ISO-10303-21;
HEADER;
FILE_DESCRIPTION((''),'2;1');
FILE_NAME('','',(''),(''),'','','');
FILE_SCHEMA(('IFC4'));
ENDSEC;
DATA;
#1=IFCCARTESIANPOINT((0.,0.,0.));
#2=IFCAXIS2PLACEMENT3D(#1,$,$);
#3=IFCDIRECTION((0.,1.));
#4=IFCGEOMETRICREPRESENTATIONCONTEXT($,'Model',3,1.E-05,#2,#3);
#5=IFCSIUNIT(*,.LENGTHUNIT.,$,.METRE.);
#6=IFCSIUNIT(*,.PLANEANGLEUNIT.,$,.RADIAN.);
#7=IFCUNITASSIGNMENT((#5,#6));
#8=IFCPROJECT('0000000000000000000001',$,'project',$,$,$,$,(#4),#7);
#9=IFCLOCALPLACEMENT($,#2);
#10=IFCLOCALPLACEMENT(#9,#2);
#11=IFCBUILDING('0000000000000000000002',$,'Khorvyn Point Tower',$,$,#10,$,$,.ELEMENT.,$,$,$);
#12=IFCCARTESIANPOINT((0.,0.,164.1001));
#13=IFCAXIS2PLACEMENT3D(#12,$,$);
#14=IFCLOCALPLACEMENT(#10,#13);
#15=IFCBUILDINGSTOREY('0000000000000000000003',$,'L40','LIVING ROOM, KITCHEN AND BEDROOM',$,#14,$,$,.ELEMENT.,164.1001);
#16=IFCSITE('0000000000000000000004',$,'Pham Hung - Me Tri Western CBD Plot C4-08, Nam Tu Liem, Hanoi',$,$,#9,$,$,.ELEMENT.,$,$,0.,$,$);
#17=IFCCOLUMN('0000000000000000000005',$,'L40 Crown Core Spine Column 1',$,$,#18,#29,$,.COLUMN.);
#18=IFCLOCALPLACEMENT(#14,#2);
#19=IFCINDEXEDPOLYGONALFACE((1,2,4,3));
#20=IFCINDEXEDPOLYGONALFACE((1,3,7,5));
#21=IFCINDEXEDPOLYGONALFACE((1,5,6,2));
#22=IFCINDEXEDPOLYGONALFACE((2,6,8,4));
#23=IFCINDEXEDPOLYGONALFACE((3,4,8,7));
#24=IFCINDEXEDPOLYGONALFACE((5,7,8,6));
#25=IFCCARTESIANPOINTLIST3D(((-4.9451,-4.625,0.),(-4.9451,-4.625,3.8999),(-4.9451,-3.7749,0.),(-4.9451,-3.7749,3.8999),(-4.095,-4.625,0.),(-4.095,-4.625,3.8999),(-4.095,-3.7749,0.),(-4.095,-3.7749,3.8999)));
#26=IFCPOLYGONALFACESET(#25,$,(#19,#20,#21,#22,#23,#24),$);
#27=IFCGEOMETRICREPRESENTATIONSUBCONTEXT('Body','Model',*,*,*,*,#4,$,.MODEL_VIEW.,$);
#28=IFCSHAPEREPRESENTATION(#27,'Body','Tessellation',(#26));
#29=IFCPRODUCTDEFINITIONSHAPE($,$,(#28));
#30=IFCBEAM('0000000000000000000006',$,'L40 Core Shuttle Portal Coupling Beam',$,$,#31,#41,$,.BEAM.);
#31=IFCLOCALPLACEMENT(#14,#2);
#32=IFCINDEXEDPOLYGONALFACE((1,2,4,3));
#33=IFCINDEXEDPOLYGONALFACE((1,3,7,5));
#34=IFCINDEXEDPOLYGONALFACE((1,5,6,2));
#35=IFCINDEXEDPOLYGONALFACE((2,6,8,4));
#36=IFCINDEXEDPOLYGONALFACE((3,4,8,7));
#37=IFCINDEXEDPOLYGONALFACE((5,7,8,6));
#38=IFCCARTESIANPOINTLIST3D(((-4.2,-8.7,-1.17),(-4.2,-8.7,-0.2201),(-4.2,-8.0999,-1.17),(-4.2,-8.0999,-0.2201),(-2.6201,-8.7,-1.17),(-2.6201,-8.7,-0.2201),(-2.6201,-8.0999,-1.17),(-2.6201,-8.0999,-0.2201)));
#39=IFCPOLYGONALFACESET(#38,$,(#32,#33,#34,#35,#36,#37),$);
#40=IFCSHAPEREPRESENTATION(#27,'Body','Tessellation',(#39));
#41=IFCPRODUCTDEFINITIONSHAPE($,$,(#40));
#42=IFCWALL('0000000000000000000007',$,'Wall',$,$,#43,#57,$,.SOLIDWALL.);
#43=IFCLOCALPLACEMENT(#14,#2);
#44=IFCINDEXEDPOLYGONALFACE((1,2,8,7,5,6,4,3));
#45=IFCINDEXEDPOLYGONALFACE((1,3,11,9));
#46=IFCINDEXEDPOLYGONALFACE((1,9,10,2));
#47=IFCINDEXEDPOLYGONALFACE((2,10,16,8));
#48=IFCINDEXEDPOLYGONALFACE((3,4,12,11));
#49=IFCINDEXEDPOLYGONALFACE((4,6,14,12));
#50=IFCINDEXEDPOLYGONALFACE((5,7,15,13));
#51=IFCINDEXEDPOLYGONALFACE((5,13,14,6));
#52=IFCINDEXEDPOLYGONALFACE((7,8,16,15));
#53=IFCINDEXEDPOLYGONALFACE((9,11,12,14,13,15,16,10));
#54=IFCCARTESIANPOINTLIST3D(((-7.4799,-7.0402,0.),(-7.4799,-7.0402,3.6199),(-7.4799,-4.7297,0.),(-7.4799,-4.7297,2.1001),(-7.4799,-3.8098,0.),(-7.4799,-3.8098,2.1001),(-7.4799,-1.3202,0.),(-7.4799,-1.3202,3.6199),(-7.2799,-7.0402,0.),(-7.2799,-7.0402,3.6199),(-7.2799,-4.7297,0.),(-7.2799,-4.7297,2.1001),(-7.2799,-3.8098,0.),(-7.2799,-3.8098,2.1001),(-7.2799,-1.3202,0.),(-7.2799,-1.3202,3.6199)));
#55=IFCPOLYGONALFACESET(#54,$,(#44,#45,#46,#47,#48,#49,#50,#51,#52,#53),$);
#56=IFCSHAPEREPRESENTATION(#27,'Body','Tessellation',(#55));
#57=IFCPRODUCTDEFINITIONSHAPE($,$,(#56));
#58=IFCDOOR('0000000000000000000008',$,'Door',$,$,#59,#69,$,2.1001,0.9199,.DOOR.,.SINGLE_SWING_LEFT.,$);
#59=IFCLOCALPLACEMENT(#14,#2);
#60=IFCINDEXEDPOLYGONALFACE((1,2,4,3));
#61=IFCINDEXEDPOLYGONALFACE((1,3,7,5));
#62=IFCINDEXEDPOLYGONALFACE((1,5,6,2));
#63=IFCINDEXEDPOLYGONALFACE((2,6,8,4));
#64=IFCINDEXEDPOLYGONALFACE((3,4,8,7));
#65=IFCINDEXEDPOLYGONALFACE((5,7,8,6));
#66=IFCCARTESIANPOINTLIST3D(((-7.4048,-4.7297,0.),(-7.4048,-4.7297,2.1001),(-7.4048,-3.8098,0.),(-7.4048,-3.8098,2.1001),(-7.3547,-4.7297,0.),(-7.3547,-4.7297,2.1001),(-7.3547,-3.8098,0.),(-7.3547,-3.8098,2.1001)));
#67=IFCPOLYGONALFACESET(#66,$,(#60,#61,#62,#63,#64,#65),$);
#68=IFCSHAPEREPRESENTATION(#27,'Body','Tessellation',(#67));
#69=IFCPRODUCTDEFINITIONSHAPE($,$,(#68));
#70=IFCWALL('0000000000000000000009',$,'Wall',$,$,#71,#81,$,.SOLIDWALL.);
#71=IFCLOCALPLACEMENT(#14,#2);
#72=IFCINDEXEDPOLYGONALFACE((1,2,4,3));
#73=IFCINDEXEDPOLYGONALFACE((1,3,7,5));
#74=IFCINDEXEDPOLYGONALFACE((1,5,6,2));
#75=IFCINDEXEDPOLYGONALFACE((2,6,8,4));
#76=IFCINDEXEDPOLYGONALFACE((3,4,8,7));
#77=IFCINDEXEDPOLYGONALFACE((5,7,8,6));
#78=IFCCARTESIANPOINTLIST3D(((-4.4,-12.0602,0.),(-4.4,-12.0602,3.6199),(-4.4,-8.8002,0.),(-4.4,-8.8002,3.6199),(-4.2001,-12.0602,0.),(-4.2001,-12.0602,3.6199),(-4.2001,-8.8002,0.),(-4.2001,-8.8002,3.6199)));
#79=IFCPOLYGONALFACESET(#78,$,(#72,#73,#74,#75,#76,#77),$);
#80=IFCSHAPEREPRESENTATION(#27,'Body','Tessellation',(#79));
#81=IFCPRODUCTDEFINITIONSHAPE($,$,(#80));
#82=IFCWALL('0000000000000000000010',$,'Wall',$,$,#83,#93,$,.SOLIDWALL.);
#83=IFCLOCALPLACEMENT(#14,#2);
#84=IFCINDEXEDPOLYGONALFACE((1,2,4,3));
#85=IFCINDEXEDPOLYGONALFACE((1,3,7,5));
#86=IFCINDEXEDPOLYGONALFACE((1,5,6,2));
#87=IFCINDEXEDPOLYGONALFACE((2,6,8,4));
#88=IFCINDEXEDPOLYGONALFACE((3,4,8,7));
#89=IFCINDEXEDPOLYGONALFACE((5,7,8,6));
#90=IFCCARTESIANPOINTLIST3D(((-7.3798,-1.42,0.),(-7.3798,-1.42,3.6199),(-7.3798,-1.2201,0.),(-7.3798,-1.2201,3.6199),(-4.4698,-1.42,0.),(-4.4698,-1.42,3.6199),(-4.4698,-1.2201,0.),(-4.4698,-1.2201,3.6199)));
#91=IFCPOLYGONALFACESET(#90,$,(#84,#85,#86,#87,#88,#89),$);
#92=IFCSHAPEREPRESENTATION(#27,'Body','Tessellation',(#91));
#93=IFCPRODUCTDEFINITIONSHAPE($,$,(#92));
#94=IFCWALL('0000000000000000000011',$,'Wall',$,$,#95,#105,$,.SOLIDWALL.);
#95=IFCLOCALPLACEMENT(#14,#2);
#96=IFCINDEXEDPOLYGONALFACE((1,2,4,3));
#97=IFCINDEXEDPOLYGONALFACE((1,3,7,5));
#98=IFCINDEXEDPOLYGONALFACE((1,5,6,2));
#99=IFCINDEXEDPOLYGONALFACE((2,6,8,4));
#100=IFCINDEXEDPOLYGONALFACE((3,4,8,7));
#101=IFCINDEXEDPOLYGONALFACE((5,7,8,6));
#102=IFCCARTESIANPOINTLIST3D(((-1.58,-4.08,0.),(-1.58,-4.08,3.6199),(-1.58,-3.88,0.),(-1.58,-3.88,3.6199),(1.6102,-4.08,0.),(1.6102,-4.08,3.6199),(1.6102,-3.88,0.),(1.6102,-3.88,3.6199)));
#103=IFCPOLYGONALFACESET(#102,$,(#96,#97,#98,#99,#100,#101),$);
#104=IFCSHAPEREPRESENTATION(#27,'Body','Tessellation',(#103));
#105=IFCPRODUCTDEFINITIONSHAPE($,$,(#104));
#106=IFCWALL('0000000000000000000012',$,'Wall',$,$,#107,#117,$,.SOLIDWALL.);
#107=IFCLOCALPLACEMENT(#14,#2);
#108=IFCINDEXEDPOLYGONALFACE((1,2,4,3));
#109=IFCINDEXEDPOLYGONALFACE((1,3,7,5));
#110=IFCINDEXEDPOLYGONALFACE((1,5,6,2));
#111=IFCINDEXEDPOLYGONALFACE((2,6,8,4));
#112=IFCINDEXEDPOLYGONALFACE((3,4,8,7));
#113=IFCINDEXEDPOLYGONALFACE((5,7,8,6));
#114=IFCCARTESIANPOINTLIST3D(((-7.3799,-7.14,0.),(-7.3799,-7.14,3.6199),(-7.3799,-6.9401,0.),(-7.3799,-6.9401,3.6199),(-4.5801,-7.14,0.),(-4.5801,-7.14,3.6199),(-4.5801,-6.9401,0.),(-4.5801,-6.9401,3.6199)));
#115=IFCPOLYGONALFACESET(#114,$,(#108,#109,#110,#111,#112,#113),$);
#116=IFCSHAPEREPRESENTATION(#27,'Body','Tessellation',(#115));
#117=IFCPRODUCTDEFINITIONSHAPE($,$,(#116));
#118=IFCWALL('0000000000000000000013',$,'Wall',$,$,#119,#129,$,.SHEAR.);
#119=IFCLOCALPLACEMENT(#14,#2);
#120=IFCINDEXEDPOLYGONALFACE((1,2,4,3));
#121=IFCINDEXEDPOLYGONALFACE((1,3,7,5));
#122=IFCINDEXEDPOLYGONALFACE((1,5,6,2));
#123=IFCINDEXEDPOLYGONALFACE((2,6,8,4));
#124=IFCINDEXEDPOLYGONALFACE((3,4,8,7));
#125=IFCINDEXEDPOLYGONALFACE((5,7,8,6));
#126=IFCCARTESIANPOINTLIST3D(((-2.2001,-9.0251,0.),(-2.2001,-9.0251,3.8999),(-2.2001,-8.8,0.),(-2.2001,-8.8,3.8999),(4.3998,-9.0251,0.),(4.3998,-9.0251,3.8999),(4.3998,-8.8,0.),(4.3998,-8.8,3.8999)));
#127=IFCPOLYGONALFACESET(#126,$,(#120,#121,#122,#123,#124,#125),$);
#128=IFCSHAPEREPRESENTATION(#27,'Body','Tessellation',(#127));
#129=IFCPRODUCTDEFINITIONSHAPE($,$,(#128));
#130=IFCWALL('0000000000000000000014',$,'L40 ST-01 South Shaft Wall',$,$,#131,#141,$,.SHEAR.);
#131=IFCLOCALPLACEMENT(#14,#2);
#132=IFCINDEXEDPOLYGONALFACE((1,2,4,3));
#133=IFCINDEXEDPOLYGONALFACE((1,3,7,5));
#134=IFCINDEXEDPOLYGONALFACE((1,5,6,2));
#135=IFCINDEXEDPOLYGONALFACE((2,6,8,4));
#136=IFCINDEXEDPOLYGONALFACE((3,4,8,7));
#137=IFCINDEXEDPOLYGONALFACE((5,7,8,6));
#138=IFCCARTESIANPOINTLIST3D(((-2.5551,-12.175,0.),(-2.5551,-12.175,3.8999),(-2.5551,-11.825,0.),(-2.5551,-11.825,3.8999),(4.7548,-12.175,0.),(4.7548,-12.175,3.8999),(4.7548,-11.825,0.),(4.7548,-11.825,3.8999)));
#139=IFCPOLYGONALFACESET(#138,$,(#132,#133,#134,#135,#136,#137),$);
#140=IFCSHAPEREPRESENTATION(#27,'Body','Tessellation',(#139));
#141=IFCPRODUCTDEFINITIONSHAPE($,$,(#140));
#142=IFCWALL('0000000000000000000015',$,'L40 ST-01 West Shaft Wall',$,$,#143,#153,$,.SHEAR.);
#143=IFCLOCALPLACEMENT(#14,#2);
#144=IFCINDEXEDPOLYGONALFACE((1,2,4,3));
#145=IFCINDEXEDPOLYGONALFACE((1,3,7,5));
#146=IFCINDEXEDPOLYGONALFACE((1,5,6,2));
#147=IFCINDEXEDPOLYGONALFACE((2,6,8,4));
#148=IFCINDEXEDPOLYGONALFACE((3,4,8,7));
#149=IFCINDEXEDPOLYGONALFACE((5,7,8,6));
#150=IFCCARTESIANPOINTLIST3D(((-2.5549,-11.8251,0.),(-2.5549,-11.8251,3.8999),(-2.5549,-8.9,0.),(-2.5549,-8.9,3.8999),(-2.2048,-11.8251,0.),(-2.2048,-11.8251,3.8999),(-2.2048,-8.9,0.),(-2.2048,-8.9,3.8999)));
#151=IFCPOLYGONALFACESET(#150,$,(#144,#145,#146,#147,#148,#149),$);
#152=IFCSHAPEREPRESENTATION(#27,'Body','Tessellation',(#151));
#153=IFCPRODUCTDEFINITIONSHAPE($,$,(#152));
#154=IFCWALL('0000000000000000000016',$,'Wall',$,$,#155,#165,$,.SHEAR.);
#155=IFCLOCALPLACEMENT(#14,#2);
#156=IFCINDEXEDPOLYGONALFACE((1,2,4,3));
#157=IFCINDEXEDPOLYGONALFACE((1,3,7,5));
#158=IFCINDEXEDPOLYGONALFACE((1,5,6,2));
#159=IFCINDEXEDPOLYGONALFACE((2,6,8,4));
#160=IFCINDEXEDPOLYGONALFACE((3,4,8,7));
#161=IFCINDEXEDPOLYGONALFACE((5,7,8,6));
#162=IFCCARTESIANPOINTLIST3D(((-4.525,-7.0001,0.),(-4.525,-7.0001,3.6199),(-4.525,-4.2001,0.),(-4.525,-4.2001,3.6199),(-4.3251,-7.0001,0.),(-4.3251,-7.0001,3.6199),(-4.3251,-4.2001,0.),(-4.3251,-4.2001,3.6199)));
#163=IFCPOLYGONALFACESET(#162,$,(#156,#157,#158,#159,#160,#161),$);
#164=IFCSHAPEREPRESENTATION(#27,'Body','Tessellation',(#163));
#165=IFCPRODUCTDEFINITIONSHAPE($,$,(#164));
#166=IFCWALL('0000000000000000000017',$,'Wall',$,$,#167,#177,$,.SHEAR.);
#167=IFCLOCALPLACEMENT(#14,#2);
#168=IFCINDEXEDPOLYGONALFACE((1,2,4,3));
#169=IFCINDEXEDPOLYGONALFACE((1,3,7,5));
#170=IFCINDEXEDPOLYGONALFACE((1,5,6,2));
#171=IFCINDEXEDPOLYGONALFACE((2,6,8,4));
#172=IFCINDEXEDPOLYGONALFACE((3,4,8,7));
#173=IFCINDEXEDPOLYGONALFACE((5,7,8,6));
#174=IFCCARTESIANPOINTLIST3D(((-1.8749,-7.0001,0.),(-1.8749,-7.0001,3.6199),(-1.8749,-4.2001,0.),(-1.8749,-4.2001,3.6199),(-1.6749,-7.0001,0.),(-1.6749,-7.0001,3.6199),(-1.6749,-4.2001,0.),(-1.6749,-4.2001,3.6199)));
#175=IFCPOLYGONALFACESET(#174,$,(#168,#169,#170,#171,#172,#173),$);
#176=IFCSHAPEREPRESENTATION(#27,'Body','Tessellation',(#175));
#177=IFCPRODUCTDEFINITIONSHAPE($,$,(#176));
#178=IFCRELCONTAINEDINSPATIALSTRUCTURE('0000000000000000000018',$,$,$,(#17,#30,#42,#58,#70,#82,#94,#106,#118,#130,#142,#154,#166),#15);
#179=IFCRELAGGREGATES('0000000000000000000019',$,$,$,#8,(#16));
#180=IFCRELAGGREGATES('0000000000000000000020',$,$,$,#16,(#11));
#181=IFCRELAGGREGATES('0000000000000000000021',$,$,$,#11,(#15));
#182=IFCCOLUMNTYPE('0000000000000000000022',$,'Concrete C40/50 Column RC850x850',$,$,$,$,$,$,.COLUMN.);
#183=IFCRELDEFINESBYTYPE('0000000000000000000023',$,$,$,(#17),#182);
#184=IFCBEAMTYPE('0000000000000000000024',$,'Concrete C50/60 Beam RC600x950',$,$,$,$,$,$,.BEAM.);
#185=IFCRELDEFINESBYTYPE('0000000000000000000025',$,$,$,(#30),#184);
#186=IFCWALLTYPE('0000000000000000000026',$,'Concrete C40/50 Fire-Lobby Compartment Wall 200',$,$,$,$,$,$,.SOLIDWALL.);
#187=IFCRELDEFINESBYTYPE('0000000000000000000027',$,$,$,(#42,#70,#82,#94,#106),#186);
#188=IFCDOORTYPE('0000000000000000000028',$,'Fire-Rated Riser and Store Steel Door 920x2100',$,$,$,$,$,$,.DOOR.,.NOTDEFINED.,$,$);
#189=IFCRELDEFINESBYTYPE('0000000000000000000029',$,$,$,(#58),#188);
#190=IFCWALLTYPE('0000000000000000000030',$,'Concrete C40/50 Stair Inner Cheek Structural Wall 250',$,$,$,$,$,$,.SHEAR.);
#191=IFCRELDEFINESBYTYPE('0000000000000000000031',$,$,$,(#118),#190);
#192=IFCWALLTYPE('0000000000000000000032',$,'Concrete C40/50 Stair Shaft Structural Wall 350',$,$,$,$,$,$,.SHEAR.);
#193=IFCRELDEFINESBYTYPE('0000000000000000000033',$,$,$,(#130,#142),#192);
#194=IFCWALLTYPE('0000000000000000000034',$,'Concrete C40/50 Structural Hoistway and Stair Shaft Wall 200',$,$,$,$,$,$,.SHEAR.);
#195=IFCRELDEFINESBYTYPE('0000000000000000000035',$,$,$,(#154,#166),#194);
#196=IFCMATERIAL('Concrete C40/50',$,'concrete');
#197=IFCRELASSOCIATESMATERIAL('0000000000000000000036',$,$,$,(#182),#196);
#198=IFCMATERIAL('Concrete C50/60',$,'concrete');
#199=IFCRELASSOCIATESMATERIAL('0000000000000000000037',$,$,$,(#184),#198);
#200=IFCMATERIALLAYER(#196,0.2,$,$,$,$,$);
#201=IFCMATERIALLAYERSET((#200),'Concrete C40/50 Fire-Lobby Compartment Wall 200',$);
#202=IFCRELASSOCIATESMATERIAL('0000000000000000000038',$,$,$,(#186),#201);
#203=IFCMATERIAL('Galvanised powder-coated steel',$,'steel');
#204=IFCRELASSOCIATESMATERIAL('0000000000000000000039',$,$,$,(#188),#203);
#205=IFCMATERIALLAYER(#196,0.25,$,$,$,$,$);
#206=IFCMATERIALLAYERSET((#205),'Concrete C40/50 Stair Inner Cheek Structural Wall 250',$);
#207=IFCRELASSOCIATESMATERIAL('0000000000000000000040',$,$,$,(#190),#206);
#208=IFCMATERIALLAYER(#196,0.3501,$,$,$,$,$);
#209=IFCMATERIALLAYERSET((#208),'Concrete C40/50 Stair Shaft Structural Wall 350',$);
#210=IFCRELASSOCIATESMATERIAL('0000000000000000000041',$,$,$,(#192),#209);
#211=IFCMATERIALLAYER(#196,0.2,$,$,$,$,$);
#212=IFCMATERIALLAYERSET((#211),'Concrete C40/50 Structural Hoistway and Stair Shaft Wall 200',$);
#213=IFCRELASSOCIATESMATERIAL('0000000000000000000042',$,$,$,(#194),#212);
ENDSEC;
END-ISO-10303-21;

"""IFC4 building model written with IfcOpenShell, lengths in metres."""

from ifc_helpers import new_model, si_unit, direction, frame, frame_2d, origin, origin_2d, place, context, subcontext, project, spatial, rectangle, extrude, material, layer, layer_set, material_profile, profile_set, type_object, element, fill, save


model = new_model("IFC4")

# Units and contexts
model_context = context("Model", 3, precision=1e-05, world=origin(), true_north=direction((0.0, 1.0)))
body_context = subcontext(model_context, "Body", "Model", "MODEL_VIEW")
ifc_project = project(units=[si_unit("LENGTHUNIT", "METRE"), si_unit("PLANEANGLEUNIT", "RADIAN")], contexts=[model_context])

# Site, building, storey
site_placement = place(None, origin())
site = spatial("IfcSite", under=ifc_project, at=site_placement, Name="Pham Hung - Me Tri Western CBD Plot C4-08, Nam Tu Liem, Hanoi", CompositionType="ELEMENT", RefElevation=0.0)
building_placement = place(site_placement, origin())
building = spatial("IfcBuilding", under=site, at=building_placement, Name="Khorvyn Point Tower", CompositionType="ELEMENT")
storey_placement = place(building_placement, frame((0.0, 0.0, 164.1001)))
storey = spatial("IfcBuildingStorey", under=building, at=storey_placement, Name="L40", Description="LIVING ROOM, KITCHEN AND BEDROOM", CompositionType="ELEMENT", Elevation=164.1001)

# Column
ifc_material_1 = material(Name="Concrete C40/50", Category="concrete")
ifc_material_profile_1 = material_profile(ifc_material_1, rectangle(XDim=0.8501, YDim=0.8501, at=origin_2d()))
ifc_profile_set_1 = profile_set([ifc_material_profile_1], Name="Concrete C40/50 RC850x850")
column_type = type_object("IfcColumnType", Name="Concrete C40/50 Column RC850x850", PredefinedType="COLUMN", material=ifc_profile_set_1)
column_placement = place(storey_placement, frame((-4.52, -4.2, 0.0), z_axis=(0.0, 0.0, 1.0), x_axis=(1.0, 0.0, 0.0)))
element("IfcColumn", 1, at=column_placement, inside=storey, type_object=column_type, Name="L40 Crown Core Spine Column 1", PredefinedType="COLUMN", context=body_context, shape_type="SweptSolid", body=[
    extrude(rectangle(XDim=0.8501, YDim=0.8501, at=origin_2d()), origin(), (0.0, 0.0, 1.0), 3.8999),
])

# Beam
ifc_material_2 = material(Name="Concrete C50/60", Category="concrete")
ifc_material_profile_2 = material_profile(ifc_material_2, rectangle(XDim=0.6001, YDim=0.95, at=origin_2d()))
ifc_profile_set_2 = profile_set([ifc_material_profile_2], Name="Concrete C50/60 RC600x950")
beam_type = type_object("IfcBeamType", Name="Concrete C50/60 Beam RC600x950", PredefinedType="BEAM", material=ifc_profile_set_2)
beam_placement = place(storey_placement, frame((-4.2, -8.3999, -0.6951), z_axis=(1.0, 0.0, 0.0), x_axis=(0.0, 1.0, 0.0)))
element("IfcBeam", 2, at=beam_placement, inside=storey, type_object=beam_type, Name="L40 Core Shuttle Portal Coupling Beam", PredefinedType="BEAM", context=body_context, shape_type="SweptSolid", body=[
    extrude(rectangle(XDim=0.6001, YDim=0.95, at=origin_2d()), origin(), (0.0, 0.0, 1.0), 1.5798),
])

# Wall, opening, door
ifc_layer_1 = layer(ifc_material_1, 0.2)
ifc_layer_set_1 = layer_set([ifc_layer_1], Name="Concrete C40/50 Fire-Lobby Compartment Wall 200")
wall_type_1 = type_object("IfcWallType", Name="Concrete C40/50 Fire-Lobby Compartment Wall 200", PredefinedType="SOLIDWALL", material=ifc_layer_set_1)
ifc_material_3 = material(Name="Galvanised powder-coated steel", Category="steel")
wall_1_placement = place(storey_placement, frame((-7.3799, -7.04, 0.0), z_axis=(0.0, 0.0, 1.0), x_axis=(0.0, 1.0, 0.0)))
wall_1 = element("IfcWall", 3, at=wall_1_placement, inside=storey, type_object=wall_type_1, Name="Wall", PredefinedType="SOLIDWALL", context=body_context, shape_type="SweptSolid", body=[
    extrude(rectangle(XDim=5.72, YDim=0.2, at=frame_2d((2.8599, 0.0))), origin(), (0.0, 0.0, 1.0), 3.6199),
])
opening_1_placement = place(wall_1_placement, frame((2.3103, 0.0, 0.0)))
opening_1 = element("IfcOpeningElement", 4, at=opening_1_placement, cuts=wall_1, PredefinedType="OPENING", context=body_context, shape_type="SweptSolid", body=[
    extrude(rectangle(XDim=0.9199, YDim=2.1001, at=frame_2d((0.46, 1.05))), frame((0.0, 0.1099, 0.0), z_axis=(0.0, -1.0, 0.0), x_axis=(1.0, 0.0, 0.0)), (0.0, 0.0, 1.0), 0.22),
])
door_type_1 = type_object("IfcDoorType", Name="Fire-Rated Riser and Store Steel Door 920x2100", OperationType="NOTDEFINED", PredefinedType="DOOR", material=ifc_material_3)
door_1_placement = place(opening_1_placement, origin())
door_1 = element("IfcDoor", 5, at=door_1_placement, inside=storey, type_object=door_type_1, Name="Door", OperationType="SINGLE_SWING_LEFT", OverallHeight=2.1001, OverallWidth=0.9199, PredefinedType="DOOR", context=body_context, shape_type="SweptSolid", body=[
    extrude(rectangle(XDim=0.9199, YDim=2.1001, at=frame_2d((0.46, 1.05))), frame((0.0, 0.0249, 0.0), z_axis=(0.0, -1.0, 0.0), x_axis=(1.0, 0.0, 0.0)), (0.0, 0.0, 1.0), 0.05),
])
fill(opening_1, door_1)

# Walls
wall_2_placement = place(storey_placement, frame((-4.3, -12.0601, 0.0), z_axis=(0.0, 0.0, 1.0), x_axis=(0.0, 1.0, 0.0)))
element("IfcWall", 6, at=wall_2_placement, inside=storey, type_object=wall_type_1, Name="Wall", PredefinedType="SOLIDWALL", context=body_context, shape_type="SweptSolid", body=[
    extrude(rectangle(XDim=3.26, YDim=0.2, at=frame_2d((1.6299, 0.0))), origin(), (0.0, 0.0, 1.0), 3.6199),
])
wall_3_placement = place(storey_placement, frame((-7.3799, -1.3201, 0.0), z_axis=(0.0, 0.0, 1.0), x_axis=(1.0, 0.0, 0.0)))
element("IfcWall", 7, at=wall_3_placement, inside=storey, type_object=wall_type_1, Name="Wall", PredefinedType="SOLIDWALL", context=body_context, shape_type="SweptSolid", body=[
    extrude(rectangle(XDim=2.9099, YDim=0.2, at=frame_2d((1.4551, 0.0))), origin(), (0.0, 0.0, 1.0), 3.6199),
])
wall_4_placement = place(storey_placement, frame((-1.5801, -3.98, 0.0), z_axis=(0.0, 0.0, 1.0), x_axis=(1.0, 0.0, 0.0)))
element("IfcWall", 8, at=wall_4_placement, inside=storey, type_object=wall_type_1, Name="Wall", PredefinedType="SOLIDWALL", context=body_context, shape_type="SweptSolid", body=[
    extrude(rectangle(XDim=3.1902, YDim=0.2, at=frame_2d((1.5952, 0.0))), origin(), (0.0, 0.0, 1.0), 3.6199),
])
wall_5_placement = place(storey_placement, frame((-7.3799, -7.04, 0.0), z_axis=(0.0, 0.0, 1.0), x_axis=(1.0, 0.0, 0.0)))
element("IfcWall", 9, at=wall_5_placement, inside=storey, type_object=wall_type_1, Name="Wall", PredefinedType="SOLIDWALL", context=body_context, shape_type="SweptSolid", body=[
    extrude(rectangle(XDim=2.7998, YDim=0.2, at=frame_2d((1.3999, 0.0))), origin(), (0.0, 0.0, 1.0), 3.6199),
])
ifc_layer_2 = layer(ifc_material_1, 0.25)
ifc_layer_set_2 = layer_set([ifc_layer_2], Name="Concrete C40/50 Stair Inner Cheek Structural Wall 250")
wall_type_2 = type_object("IfcWallType", Name="Concrete C40/50 Stair Inner Cheek Structural Wall 250", PredefinedType="SHEAR", material=ifc_layer_set_2)
wall_6_placement = place(storey_placement, frame((-2.2, -8.9126, 0.0), z_axis=(0.0, 0.0, 1.0), x_axis=(1.0, 0.0, 0.0)))
element("IfcWall", 10, at=wall_6_placement, inside=storey, type_object=wall_type_2, Name="Wall", PredefinedType="SHEAR", context=body_context, shape_type="SweptSolid", body=[
    extrude(rectangle(XDim=6.5999, YDim=0.2251, at=frame_2d((3.2998, 0.0))), origin(), (0.0, 0.0, 1.0), 3.8999),
])
ifc_layer_3 = layer(ifc_material_1, 0.3501)
ifc_layer_set_3 = layer_set([ifc_layer_3], Name="Concrete C40/50 Stair Shaft Structural Wall 350")
wall_type_3 = type_object("IfcWallType", Name="Concrete C40/50 Stair Shaft Structural Wall 350", PredefinedType="SHEAR", material=ifc_layer_set_3)
wall_7_placement = place(storey_placement, frame((-2.5549, -12.0, 0.0), z_axis=(0.0, 0.0, 1.0), x_axis=(1.0, 0.0, 0.0)))
element("IfcWall", 11, at=wall_7_placement, inside=storey, type_object=wall_type_3, Name="L40 ST-01 South Shaft Wall", PredefinedType="SHEAR", context=body_context, shape_type="SweptSolid", body=[
    extrude(rectangle(XDim=7.3098, YDim=0.3501, at=frame_2d((3.6548, 0.0))), origin(), (0.0, 0.0, 1.0), 3.8999),
])
wall_8_placement = place(storey_placement, frame((-2.3799, -11.825, 0.0), z_axis=(0.0, 0.0, 1.0), x_axis=(0.0, 1.0, 0.0)))
element("IfcWall", 12, at=wall_8_placement, inside=storey, type_object=wall_type_3, Name="L40 ST-01 West Shaft Wall", PredefinedType="SHEAR", context=body_context, shape_type="SweptSolid", body=[
    extrude(rectangle(XDim=2.925, YDim=0.3501, at=frame_2d((1.4624, 0.0))), origin(), (0.0, 0.0, 1.0), 3.8999),
])
ifc_layer_4 = layer(ifc_material_1, 0.2)
ifc_layer_set_4 = layer_set([ifc_layer_4], Name="Concrete C40/50 Structural Hoistway and Stair Shaft Wall 200")
wall_type_4 = type_object("IfcWallType", Name="Concrete C40/50 Structural Hoistway and Stair Shaft Wall 200", PredefinedType="SHEAR", material=ifc_layer_set_4)
for number, where, z_axis, x_axis, name in (
    (13, (-4.425, -7.0, 0.0), (0.0, 0.0, 1.0), (0.0, 1.0, 0.0), "Wall"),
    (14, (-1.7749, -7.0, 0.0), (0.0, 0.0, 1.0), (0.0, 1.0, 0.0), "Wall"),
):
    element("IfcWall", number, at=place(storey_placement, frame(where, z_axis=z_axis, x_axis=x_axis)), inside=storey, type_object=wall_type_4, Name=name, PredefinedType="SHEAR", context=body_context, shape_type="SweptSolid", body=[
        extrude(rectangle(XDim=2.8, YDim=0.2, at=frame_2d((1.3999, 0.0))), origin(), (0.0, 0.0, 1.0), 3.6199),
    ])

save(model, "model.ifc")
